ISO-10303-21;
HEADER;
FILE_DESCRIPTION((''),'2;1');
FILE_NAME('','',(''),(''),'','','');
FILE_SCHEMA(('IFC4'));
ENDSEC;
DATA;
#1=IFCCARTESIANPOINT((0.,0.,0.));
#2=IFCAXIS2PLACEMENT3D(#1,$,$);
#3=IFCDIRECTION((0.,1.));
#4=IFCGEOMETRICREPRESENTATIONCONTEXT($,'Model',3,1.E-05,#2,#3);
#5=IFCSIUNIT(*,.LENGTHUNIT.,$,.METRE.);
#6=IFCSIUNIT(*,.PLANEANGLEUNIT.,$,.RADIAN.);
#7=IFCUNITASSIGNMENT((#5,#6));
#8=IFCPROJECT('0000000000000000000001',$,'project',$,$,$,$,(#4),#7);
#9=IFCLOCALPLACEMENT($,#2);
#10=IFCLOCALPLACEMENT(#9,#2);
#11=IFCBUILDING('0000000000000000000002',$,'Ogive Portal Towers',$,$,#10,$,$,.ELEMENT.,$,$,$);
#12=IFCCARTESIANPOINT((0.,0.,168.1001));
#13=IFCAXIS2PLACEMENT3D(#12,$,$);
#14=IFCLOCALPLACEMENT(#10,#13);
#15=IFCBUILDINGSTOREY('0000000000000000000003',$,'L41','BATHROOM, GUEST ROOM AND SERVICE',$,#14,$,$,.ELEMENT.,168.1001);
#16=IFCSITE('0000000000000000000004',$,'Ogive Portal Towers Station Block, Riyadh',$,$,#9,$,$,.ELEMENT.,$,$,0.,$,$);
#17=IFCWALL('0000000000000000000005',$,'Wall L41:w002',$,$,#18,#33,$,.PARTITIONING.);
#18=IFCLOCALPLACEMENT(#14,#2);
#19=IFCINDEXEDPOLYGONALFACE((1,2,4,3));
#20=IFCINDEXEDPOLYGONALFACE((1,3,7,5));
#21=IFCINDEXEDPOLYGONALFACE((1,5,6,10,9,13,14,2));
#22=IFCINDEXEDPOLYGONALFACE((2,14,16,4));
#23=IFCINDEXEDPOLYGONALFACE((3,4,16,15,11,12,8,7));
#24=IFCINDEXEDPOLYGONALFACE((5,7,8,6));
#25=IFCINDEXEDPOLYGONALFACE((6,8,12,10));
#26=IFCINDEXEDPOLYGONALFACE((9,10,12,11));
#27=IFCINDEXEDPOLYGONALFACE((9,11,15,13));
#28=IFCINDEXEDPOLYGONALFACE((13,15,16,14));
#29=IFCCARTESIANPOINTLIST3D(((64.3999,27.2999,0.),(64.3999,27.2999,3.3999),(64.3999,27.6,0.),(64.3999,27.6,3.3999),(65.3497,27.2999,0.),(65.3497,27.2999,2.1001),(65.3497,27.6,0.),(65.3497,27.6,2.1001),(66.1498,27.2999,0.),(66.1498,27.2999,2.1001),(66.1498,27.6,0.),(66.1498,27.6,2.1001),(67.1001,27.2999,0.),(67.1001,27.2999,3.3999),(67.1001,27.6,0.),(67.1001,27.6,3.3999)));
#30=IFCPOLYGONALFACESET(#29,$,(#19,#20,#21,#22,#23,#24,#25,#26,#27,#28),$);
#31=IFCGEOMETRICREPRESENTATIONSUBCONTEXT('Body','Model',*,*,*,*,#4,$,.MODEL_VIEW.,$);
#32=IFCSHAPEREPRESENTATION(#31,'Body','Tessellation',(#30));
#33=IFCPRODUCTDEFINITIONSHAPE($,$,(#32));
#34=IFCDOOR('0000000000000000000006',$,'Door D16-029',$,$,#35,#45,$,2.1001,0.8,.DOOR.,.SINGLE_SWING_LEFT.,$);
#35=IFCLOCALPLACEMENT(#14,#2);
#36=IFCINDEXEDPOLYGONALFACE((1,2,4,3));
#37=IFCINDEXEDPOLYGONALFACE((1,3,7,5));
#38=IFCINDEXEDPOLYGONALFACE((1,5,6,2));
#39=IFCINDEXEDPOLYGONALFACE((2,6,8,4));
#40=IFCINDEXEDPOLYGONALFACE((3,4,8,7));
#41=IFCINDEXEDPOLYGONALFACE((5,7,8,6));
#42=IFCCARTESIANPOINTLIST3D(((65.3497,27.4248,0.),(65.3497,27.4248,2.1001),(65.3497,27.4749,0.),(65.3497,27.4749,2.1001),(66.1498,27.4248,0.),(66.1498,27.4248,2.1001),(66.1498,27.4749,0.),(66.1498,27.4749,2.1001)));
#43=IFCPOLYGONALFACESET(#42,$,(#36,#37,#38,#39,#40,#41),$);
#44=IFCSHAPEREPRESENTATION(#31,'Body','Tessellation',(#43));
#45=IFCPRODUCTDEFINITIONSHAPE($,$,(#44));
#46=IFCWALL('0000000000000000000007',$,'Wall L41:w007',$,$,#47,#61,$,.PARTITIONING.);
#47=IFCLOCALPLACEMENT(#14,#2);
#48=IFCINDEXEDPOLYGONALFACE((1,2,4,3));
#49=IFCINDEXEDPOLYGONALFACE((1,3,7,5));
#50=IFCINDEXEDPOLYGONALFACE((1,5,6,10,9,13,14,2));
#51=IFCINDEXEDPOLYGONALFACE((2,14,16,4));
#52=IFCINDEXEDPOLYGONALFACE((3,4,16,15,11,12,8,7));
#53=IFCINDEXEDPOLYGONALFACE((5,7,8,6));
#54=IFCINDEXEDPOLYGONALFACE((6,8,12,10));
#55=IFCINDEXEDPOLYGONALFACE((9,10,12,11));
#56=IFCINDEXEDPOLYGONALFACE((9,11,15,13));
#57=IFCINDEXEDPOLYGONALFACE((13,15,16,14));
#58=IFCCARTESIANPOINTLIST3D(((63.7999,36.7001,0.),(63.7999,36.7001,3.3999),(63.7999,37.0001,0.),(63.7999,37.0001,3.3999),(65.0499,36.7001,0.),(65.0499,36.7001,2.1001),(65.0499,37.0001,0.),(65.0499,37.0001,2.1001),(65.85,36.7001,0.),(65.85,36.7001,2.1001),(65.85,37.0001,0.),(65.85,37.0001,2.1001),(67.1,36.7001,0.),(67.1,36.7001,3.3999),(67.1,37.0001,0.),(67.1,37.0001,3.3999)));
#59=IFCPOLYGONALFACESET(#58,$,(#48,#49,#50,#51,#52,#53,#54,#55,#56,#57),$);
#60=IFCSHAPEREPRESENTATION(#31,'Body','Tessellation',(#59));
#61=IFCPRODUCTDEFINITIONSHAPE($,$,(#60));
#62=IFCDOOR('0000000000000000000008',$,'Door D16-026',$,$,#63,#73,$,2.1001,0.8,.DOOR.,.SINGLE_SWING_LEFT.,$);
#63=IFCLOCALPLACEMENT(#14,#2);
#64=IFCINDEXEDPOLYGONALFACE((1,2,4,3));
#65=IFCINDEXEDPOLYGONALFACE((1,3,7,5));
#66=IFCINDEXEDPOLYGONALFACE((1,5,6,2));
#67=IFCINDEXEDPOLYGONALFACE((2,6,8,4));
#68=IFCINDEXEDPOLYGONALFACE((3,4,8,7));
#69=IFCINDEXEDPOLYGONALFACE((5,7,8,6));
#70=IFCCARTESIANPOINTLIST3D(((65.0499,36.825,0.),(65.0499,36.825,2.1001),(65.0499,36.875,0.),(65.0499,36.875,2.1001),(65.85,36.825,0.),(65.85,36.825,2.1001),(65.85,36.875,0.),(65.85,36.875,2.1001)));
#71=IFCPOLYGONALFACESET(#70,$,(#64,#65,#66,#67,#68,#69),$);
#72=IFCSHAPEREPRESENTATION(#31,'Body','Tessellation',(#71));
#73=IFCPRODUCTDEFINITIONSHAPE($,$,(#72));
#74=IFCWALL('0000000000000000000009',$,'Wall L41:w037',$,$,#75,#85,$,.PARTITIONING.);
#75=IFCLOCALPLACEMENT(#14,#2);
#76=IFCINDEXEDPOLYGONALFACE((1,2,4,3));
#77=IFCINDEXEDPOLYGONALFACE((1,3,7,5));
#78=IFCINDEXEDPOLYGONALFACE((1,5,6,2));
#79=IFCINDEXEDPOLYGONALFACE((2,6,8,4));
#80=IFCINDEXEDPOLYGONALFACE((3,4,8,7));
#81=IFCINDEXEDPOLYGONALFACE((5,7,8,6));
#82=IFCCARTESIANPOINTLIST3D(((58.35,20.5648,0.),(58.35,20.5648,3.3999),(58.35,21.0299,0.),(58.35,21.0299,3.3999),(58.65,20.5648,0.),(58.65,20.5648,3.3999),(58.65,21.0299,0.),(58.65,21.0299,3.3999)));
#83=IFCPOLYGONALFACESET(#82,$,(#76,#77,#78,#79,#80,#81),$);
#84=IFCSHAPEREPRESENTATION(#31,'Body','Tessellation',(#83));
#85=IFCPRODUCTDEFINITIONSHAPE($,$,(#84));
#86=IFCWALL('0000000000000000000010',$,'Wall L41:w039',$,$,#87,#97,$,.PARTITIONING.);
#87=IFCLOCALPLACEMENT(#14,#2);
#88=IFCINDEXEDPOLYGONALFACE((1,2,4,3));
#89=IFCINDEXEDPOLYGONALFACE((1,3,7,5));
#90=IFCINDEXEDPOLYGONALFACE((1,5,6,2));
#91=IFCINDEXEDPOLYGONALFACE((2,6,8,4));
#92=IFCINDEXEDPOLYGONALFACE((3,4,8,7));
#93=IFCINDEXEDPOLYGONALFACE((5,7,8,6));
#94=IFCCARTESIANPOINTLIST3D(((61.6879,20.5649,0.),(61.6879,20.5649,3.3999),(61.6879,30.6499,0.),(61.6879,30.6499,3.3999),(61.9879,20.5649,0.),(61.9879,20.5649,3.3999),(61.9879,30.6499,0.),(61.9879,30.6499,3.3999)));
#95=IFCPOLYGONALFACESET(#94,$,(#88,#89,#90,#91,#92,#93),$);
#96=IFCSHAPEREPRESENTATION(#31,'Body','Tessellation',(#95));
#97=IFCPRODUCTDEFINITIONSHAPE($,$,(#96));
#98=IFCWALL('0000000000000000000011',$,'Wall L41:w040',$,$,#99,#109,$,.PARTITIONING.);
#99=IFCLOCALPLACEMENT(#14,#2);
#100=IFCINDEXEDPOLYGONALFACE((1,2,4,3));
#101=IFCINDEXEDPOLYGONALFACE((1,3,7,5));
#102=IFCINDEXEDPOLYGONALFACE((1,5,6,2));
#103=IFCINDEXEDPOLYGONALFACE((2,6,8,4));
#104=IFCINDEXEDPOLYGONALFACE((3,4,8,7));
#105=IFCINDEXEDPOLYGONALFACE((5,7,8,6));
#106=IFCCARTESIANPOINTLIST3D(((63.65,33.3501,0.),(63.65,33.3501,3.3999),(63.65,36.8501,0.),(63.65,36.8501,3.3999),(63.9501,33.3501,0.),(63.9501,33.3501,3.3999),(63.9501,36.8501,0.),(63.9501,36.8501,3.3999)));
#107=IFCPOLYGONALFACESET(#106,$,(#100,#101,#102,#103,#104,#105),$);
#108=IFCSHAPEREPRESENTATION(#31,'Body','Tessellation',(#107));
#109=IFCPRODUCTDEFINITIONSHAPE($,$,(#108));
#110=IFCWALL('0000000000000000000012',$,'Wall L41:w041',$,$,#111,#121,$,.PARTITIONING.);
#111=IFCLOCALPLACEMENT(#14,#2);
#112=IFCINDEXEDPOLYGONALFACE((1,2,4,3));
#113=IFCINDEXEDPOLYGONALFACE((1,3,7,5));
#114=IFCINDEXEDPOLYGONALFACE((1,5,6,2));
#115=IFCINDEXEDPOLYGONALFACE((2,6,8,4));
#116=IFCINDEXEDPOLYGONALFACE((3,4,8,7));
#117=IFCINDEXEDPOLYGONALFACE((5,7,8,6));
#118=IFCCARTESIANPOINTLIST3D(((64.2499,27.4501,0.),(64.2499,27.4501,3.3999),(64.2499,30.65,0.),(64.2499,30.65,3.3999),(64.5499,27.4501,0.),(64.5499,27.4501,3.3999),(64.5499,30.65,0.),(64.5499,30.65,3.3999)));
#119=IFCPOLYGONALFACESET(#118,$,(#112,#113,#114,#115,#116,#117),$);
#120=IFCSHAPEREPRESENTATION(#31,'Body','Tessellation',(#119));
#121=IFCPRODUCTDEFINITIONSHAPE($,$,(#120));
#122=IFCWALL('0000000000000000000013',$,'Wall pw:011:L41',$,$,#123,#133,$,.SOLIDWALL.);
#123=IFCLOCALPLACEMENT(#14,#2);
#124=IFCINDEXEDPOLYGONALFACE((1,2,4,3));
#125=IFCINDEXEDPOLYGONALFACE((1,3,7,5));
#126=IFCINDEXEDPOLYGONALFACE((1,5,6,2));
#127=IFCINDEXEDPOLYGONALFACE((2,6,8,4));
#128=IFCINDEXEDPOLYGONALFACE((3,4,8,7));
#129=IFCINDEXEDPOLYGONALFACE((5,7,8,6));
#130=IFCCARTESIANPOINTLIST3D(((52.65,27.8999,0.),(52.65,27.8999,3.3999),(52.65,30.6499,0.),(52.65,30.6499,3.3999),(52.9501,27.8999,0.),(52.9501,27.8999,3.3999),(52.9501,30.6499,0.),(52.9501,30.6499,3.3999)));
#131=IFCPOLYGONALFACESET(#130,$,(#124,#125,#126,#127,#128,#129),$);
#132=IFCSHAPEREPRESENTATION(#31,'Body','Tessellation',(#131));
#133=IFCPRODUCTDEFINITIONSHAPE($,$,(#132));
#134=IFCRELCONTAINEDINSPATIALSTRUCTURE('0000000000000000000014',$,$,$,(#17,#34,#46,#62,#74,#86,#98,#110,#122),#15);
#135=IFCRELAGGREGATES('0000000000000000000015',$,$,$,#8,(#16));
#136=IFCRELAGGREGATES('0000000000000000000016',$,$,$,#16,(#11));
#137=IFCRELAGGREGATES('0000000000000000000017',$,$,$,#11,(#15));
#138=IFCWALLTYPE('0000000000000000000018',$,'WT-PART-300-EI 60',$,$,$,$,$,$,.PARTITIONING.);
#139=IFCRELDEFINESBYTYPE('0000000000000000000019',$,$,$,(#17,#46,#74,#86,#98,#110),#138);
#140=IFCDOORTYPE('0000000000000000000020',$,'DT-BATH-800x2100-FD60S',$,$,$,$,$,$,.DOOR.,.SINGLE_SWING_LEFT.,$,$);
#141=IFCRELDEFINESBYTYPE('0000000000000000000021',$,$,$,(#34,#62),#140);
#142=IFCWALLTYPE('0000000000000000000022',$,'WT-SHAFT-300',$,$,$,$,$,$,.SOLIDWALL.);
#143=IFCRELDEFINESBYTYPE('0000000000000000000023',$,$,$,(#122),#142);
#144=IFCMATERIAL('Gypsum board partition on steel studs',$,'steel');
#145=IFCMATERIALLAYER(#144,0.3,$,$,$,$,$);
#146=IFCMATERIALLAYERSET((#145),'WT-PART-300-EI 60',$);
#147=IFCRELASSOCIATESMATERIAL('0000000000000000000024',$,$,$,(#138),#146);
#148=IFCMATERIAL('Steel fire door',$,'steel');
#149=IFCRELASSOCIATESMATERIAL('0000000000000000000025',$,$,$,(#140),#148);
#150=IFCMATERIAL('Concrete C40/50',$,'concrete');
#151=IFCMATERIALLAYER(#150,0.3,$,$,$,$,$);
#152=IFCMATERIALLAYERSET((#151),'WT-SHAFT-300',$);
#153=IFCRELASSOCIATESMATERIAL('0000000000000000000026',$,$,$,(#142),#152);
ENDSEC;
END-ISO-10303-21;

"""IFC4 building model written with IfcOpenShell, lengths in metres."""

from ifc_helpers import new_model, si_unit, direction, frame, frame_2d, origin, place, context, subcontext, project, spatial, rectangle, extrude, material, layer, layer_set, type_object, element, fill, save


model = new_model("IFC4")

# Units and contexts
model_context = context("Model", 3, precision=1e-05, world=origin(), true_north=direction((0.0, 1.0)))
body_context = subcontext(model_context, "Body", "Model", "MODEL_VIEW")
ifc_project = project(units=[si_unit("LENGTHUNIT", "METRE"), si_unit("PLANEANGLEUNIT", "RADIAN")], contexts=[model_context])

# Site, building, storey
site_placement = place(None, origin())
site = spatial("IfcSite", under=ifc_project, at=site_placement, Name="Ogive Portal Towers Station Block, Riyadh", CompositionType="ELEMENT", RefElevation=0.0)
building_placement = place(site_placement, origin())
building = spatial("IfcBuilding", under=site, at=building_placement, Name="Ogive Portal Towers", CompositionType="ELEMENT")
storey_placement = place(building_placement, frame((0.0, 0.0, 168.1001)))
storey = spatial("IfcBuildingStorey", under=building, at=storey_placement, Name="L41", Description="BATHROOM, GUEST ROOM AND SERVICE", CompositionType="ELEMENT", Elevation=168.1001)

# Shared definitions
ifc_material_1 = material(Name="Steel fire door", Category="steel")
ifc_material_2 = material(Name="Gypsum board partition on steel studs", Category="steel")

# Walls, openings, doors
ifc_layer_1 = layer(ifc_material_2, 0.3)
ifc_layer_set_1 = layer_set([ifc_layer_1], Name="WT-PART-300-EI 60")
wall_type_1 = type_object("IfcWallType", Name="WT-PART-300-EI 60", PredefinedType="PARTITIONING", material=ifc_layer_set_1)
wall_1_placement = place(storey_placement, frame((64.3999, 27.45, 0.0), z_axis=(0.0, 0.0, 1.0), x_axis=(1.0, 0.0, 0.0)))
wall_1 = element("IfcWall", 1, at=wall_1_placement, inside=storey, type_object=wall_type_1, Name="Wall L41:w002", PredefinedType="PARTITIONING", context=body_context, shape_type="SweptSolid", body=[
    extrude(rectangle(XDim=2.7002, YDim=0.3, at=frame_2d((1.3501, 0.0))), origin(), (0.0, 0.0, 1.0), 3.3999),
])
opening_1_placement = place(wall_1_placement, frame((0.95, 0.0, 0.0)))
opening_1 = element("IfcOpeningElement", 2, at=opening_1_placement, cuts=wall_1, PredefinedType="OPENING", context=body_context, shape_type="SweptSolid", body=[
    extrude(rectangle(XDim=0.8, YDim=2.1001, at=frame_2d((0.3999, 1.05))), frame((0.0, 0.1602, 0.0), z_axis=(0.0, -1.0, 0.0), x_axis=(1.0, 0.0, 0.0)), (0.0, 0.0, 1.0), 0.3201),
])
door_type_1 = type_object("IfcDoorType", Name="DT-BATH-800x2100-FD60S", OperationType="SINGLE_SWING_LEFT", PredefinedType="DOOR", material=ifc_material_1)
door_1_placement = place(opening_1_placement, origin())
door_1 = element("IfcDoor", 3, at=door_1_placement, inside=storey, type_object=door_type_1, Name="Door D16-029", OperationType="SINGLE_SWING_LEFT", OverallHeight=2.1001, OverallWidth=0.8, PredefinedType="DOOR", context=body_context, shape_type="SweptSolid", body=[
    extrude(rectangle(XDim=0.8, YDim=2.1001, at=frame_2d((0.3999, 1.05))), frame((0.0, 0.0249, 0.0), z_axis=(0.0, -1.0, 0.0), x_axis=(1.0, 0.0, 0.0)), (0.0, 0.0, 1.0), 0.05),
])
fill(opening_1, door_1)
wall_2_placement = place(storey_placement, frame((63.8, 36.8501, 0.0), z_axis=(0.0, 0.0, 1.0), x_axis=(1.0, 0.0, 0.0)))
wall_2 = element("IfcWall", 4, at=wall_2_placement, inside=storey, type_object=wall_type_1, Name="Wall L41:w007", PredefinedType="PARTITIONING", context=body_context, shape_type="SweptSolid", body=[
    extrude(rectangle(XDim=3.3, YDim=0.3, at=frame_2d((1.6499, 0.0))), origin(), (0.0, 0.0, 1.0), 3.3999),
])
opening_2_placement = place(wall_2_placement, frame((1.25, 0.0, 0.0)))
opening_2 = element("IfcOpeningElement", 5, at=opening_2_placement, cuts=wall_2, PredefinedType="OPENING", context=body_context, shape_type="SweptSolid", body=[
    extrude(rectangle(XDim=0.8, YDim=2.1001, at=frame_2d((0.3999, 1.05))), frame((0.0, 0.1602, 0.0), z_axis=(0.0, -1.0, 0.0), x_axis=(1.0, 0.0, 0.0)), (0.0, 0.0, 1.0), 0.3201),
])
door_2_placement = place(opening_2_placement, origin())
door_2 = element("IfcDoor", 6, at=door_2_placement, inside=storey, type_object=door_type_1, Name="Door D16-026", OperationType="SINGLE_SWING_LEFT", OverallHeight=2.1001, OverallWidth=0.8, PredefinedType="DOOR", context=body_context, shape_type="SweptSolid", body=[
    extrude(rectangle(XDim=0.8, YDim=2.1001, at=frame_2d((0.3999, 1.05))), frame((0.0, 0.0249, 0.0), z_axis=(0.0, -1.0, 0.0), x_axis=(1.0, 0.0, 0.0)), (0.0, 0.0, 1.0), 0.05),
])
fill(opening_2, door_2)

# Walls
wall_3_placement = place(storey_placement, frame((58.5, 20.5649, 0.0), z_axis=(0.0, 0.0, 1.0), x_axis=(0.0, 1.0, 0.0)))
element("IfcWall", 7, at=wall_3_placement, inside=storey, type_object=wall_type_1, Name="Wall L41:w037", PredefinedType="PARTITIONING", context=body_context, shape_type="SweptSolid", body=[
    extrude(rectangle(XDim=0.4651, YDim=0.3, at=frame_2d((0.2324, 0.0))), origin(), (0.0, 0.0, 1.0), 3.3999),
])
wall_4_placement = place(storey_placement, frame((61.8379, 20.5649, 0.0), z_axis=(0.0, 0.0, 1.0), x_axis=(0.0, 1.0, 0.0)))
element("IfcWall", 8, at=wall_4_placement, inside=storey, type_object=wall_type_1, Name="Wall L41:w039", PredefinedType="PARTITIONING", context=body_context, shape_type="SweptSolid", body=[
    extrude(rectangle(XDim=10.085, YDim=0.3, at=frame_2d((5.0425, 0.0))), origin(), (0.0, 0.0, 1.0), 3.3999),
])
wall_5_placement = place(storey_placement, frame((63.8, 33.3501, 0.0), z_axis=(0.0, 0.0, 1.0), x_axis=(0.0, 1.0, 0.0)))
element("IfcWall", 9, at=wall_5_placement, inside=storey, type_object=wall_type_1, Name="Wall L41:w040", PredefinedType="PARTITIONING", context=body_context, shape_type="SweptSolid", body=[
    extrude(rectangle(XDim=3.5, YDim=0.3, at=frame_2d((1.75, 0.0))), origin(), (0.0, 0.0, 1.0), 3.3999),
])
wall_6_placement = place(storey_placement, frame((64.3999, 27.45, 0.0), z_axis=(0.0, 0.0, 1.0), x_axis=(0.0, 1.0, 0.0)))
element("IfcWall", 10, at=wall_6_placement, inside=storey, type_object=wall_type_1, Name="Wall L41:w041", PredefinedType="PARTITIONING", context=body_context, shape_type="SweptSolid", body=[
    extrude(rectangle(XDim=3.2, YDim=0.3, at=frame_2d((1.6001, 0.0))), origin(), (0.0, 0.0, 1.0), 3.3999),
])
ifc_material_3 = material(Name="Concrete C40/50", Category="concrete")
ifc_layer_2 = layer(ifc_material_3, 0.3)
ifc_layer_set_2 = layer_set([ifc_layer_2], Name="WT-SHAFT-300")
wall_type_2 = type_object("IfcWallType", Name="WT-SHAFT-300", PredefinedType="SOLIDWALL", material=ifc_layer_set_2)
wall_7_placement = place(storey_placement, frame((52.8, 27.8999, 0.0), z_axis=(0.0, 0.0, 1.0), x_axis=(0.0, 1.0, 0.0)))
element("IfcWall", 11, at=wall_7_placement, inside=storey, type_object=wall_type_2, Name="Wall pw:011:L41", PredefinedType="SOLIDWALL", context=body_context, shape_type="SweptSolid", body=[
    extrude(rectangle(XDim=2.75, YDim=0.3, at=frame_2d((1.375, 0.0))), origin(), (0.0, 0.0, 1.0), 3.3999),
])

save(model, "model.ifc")
